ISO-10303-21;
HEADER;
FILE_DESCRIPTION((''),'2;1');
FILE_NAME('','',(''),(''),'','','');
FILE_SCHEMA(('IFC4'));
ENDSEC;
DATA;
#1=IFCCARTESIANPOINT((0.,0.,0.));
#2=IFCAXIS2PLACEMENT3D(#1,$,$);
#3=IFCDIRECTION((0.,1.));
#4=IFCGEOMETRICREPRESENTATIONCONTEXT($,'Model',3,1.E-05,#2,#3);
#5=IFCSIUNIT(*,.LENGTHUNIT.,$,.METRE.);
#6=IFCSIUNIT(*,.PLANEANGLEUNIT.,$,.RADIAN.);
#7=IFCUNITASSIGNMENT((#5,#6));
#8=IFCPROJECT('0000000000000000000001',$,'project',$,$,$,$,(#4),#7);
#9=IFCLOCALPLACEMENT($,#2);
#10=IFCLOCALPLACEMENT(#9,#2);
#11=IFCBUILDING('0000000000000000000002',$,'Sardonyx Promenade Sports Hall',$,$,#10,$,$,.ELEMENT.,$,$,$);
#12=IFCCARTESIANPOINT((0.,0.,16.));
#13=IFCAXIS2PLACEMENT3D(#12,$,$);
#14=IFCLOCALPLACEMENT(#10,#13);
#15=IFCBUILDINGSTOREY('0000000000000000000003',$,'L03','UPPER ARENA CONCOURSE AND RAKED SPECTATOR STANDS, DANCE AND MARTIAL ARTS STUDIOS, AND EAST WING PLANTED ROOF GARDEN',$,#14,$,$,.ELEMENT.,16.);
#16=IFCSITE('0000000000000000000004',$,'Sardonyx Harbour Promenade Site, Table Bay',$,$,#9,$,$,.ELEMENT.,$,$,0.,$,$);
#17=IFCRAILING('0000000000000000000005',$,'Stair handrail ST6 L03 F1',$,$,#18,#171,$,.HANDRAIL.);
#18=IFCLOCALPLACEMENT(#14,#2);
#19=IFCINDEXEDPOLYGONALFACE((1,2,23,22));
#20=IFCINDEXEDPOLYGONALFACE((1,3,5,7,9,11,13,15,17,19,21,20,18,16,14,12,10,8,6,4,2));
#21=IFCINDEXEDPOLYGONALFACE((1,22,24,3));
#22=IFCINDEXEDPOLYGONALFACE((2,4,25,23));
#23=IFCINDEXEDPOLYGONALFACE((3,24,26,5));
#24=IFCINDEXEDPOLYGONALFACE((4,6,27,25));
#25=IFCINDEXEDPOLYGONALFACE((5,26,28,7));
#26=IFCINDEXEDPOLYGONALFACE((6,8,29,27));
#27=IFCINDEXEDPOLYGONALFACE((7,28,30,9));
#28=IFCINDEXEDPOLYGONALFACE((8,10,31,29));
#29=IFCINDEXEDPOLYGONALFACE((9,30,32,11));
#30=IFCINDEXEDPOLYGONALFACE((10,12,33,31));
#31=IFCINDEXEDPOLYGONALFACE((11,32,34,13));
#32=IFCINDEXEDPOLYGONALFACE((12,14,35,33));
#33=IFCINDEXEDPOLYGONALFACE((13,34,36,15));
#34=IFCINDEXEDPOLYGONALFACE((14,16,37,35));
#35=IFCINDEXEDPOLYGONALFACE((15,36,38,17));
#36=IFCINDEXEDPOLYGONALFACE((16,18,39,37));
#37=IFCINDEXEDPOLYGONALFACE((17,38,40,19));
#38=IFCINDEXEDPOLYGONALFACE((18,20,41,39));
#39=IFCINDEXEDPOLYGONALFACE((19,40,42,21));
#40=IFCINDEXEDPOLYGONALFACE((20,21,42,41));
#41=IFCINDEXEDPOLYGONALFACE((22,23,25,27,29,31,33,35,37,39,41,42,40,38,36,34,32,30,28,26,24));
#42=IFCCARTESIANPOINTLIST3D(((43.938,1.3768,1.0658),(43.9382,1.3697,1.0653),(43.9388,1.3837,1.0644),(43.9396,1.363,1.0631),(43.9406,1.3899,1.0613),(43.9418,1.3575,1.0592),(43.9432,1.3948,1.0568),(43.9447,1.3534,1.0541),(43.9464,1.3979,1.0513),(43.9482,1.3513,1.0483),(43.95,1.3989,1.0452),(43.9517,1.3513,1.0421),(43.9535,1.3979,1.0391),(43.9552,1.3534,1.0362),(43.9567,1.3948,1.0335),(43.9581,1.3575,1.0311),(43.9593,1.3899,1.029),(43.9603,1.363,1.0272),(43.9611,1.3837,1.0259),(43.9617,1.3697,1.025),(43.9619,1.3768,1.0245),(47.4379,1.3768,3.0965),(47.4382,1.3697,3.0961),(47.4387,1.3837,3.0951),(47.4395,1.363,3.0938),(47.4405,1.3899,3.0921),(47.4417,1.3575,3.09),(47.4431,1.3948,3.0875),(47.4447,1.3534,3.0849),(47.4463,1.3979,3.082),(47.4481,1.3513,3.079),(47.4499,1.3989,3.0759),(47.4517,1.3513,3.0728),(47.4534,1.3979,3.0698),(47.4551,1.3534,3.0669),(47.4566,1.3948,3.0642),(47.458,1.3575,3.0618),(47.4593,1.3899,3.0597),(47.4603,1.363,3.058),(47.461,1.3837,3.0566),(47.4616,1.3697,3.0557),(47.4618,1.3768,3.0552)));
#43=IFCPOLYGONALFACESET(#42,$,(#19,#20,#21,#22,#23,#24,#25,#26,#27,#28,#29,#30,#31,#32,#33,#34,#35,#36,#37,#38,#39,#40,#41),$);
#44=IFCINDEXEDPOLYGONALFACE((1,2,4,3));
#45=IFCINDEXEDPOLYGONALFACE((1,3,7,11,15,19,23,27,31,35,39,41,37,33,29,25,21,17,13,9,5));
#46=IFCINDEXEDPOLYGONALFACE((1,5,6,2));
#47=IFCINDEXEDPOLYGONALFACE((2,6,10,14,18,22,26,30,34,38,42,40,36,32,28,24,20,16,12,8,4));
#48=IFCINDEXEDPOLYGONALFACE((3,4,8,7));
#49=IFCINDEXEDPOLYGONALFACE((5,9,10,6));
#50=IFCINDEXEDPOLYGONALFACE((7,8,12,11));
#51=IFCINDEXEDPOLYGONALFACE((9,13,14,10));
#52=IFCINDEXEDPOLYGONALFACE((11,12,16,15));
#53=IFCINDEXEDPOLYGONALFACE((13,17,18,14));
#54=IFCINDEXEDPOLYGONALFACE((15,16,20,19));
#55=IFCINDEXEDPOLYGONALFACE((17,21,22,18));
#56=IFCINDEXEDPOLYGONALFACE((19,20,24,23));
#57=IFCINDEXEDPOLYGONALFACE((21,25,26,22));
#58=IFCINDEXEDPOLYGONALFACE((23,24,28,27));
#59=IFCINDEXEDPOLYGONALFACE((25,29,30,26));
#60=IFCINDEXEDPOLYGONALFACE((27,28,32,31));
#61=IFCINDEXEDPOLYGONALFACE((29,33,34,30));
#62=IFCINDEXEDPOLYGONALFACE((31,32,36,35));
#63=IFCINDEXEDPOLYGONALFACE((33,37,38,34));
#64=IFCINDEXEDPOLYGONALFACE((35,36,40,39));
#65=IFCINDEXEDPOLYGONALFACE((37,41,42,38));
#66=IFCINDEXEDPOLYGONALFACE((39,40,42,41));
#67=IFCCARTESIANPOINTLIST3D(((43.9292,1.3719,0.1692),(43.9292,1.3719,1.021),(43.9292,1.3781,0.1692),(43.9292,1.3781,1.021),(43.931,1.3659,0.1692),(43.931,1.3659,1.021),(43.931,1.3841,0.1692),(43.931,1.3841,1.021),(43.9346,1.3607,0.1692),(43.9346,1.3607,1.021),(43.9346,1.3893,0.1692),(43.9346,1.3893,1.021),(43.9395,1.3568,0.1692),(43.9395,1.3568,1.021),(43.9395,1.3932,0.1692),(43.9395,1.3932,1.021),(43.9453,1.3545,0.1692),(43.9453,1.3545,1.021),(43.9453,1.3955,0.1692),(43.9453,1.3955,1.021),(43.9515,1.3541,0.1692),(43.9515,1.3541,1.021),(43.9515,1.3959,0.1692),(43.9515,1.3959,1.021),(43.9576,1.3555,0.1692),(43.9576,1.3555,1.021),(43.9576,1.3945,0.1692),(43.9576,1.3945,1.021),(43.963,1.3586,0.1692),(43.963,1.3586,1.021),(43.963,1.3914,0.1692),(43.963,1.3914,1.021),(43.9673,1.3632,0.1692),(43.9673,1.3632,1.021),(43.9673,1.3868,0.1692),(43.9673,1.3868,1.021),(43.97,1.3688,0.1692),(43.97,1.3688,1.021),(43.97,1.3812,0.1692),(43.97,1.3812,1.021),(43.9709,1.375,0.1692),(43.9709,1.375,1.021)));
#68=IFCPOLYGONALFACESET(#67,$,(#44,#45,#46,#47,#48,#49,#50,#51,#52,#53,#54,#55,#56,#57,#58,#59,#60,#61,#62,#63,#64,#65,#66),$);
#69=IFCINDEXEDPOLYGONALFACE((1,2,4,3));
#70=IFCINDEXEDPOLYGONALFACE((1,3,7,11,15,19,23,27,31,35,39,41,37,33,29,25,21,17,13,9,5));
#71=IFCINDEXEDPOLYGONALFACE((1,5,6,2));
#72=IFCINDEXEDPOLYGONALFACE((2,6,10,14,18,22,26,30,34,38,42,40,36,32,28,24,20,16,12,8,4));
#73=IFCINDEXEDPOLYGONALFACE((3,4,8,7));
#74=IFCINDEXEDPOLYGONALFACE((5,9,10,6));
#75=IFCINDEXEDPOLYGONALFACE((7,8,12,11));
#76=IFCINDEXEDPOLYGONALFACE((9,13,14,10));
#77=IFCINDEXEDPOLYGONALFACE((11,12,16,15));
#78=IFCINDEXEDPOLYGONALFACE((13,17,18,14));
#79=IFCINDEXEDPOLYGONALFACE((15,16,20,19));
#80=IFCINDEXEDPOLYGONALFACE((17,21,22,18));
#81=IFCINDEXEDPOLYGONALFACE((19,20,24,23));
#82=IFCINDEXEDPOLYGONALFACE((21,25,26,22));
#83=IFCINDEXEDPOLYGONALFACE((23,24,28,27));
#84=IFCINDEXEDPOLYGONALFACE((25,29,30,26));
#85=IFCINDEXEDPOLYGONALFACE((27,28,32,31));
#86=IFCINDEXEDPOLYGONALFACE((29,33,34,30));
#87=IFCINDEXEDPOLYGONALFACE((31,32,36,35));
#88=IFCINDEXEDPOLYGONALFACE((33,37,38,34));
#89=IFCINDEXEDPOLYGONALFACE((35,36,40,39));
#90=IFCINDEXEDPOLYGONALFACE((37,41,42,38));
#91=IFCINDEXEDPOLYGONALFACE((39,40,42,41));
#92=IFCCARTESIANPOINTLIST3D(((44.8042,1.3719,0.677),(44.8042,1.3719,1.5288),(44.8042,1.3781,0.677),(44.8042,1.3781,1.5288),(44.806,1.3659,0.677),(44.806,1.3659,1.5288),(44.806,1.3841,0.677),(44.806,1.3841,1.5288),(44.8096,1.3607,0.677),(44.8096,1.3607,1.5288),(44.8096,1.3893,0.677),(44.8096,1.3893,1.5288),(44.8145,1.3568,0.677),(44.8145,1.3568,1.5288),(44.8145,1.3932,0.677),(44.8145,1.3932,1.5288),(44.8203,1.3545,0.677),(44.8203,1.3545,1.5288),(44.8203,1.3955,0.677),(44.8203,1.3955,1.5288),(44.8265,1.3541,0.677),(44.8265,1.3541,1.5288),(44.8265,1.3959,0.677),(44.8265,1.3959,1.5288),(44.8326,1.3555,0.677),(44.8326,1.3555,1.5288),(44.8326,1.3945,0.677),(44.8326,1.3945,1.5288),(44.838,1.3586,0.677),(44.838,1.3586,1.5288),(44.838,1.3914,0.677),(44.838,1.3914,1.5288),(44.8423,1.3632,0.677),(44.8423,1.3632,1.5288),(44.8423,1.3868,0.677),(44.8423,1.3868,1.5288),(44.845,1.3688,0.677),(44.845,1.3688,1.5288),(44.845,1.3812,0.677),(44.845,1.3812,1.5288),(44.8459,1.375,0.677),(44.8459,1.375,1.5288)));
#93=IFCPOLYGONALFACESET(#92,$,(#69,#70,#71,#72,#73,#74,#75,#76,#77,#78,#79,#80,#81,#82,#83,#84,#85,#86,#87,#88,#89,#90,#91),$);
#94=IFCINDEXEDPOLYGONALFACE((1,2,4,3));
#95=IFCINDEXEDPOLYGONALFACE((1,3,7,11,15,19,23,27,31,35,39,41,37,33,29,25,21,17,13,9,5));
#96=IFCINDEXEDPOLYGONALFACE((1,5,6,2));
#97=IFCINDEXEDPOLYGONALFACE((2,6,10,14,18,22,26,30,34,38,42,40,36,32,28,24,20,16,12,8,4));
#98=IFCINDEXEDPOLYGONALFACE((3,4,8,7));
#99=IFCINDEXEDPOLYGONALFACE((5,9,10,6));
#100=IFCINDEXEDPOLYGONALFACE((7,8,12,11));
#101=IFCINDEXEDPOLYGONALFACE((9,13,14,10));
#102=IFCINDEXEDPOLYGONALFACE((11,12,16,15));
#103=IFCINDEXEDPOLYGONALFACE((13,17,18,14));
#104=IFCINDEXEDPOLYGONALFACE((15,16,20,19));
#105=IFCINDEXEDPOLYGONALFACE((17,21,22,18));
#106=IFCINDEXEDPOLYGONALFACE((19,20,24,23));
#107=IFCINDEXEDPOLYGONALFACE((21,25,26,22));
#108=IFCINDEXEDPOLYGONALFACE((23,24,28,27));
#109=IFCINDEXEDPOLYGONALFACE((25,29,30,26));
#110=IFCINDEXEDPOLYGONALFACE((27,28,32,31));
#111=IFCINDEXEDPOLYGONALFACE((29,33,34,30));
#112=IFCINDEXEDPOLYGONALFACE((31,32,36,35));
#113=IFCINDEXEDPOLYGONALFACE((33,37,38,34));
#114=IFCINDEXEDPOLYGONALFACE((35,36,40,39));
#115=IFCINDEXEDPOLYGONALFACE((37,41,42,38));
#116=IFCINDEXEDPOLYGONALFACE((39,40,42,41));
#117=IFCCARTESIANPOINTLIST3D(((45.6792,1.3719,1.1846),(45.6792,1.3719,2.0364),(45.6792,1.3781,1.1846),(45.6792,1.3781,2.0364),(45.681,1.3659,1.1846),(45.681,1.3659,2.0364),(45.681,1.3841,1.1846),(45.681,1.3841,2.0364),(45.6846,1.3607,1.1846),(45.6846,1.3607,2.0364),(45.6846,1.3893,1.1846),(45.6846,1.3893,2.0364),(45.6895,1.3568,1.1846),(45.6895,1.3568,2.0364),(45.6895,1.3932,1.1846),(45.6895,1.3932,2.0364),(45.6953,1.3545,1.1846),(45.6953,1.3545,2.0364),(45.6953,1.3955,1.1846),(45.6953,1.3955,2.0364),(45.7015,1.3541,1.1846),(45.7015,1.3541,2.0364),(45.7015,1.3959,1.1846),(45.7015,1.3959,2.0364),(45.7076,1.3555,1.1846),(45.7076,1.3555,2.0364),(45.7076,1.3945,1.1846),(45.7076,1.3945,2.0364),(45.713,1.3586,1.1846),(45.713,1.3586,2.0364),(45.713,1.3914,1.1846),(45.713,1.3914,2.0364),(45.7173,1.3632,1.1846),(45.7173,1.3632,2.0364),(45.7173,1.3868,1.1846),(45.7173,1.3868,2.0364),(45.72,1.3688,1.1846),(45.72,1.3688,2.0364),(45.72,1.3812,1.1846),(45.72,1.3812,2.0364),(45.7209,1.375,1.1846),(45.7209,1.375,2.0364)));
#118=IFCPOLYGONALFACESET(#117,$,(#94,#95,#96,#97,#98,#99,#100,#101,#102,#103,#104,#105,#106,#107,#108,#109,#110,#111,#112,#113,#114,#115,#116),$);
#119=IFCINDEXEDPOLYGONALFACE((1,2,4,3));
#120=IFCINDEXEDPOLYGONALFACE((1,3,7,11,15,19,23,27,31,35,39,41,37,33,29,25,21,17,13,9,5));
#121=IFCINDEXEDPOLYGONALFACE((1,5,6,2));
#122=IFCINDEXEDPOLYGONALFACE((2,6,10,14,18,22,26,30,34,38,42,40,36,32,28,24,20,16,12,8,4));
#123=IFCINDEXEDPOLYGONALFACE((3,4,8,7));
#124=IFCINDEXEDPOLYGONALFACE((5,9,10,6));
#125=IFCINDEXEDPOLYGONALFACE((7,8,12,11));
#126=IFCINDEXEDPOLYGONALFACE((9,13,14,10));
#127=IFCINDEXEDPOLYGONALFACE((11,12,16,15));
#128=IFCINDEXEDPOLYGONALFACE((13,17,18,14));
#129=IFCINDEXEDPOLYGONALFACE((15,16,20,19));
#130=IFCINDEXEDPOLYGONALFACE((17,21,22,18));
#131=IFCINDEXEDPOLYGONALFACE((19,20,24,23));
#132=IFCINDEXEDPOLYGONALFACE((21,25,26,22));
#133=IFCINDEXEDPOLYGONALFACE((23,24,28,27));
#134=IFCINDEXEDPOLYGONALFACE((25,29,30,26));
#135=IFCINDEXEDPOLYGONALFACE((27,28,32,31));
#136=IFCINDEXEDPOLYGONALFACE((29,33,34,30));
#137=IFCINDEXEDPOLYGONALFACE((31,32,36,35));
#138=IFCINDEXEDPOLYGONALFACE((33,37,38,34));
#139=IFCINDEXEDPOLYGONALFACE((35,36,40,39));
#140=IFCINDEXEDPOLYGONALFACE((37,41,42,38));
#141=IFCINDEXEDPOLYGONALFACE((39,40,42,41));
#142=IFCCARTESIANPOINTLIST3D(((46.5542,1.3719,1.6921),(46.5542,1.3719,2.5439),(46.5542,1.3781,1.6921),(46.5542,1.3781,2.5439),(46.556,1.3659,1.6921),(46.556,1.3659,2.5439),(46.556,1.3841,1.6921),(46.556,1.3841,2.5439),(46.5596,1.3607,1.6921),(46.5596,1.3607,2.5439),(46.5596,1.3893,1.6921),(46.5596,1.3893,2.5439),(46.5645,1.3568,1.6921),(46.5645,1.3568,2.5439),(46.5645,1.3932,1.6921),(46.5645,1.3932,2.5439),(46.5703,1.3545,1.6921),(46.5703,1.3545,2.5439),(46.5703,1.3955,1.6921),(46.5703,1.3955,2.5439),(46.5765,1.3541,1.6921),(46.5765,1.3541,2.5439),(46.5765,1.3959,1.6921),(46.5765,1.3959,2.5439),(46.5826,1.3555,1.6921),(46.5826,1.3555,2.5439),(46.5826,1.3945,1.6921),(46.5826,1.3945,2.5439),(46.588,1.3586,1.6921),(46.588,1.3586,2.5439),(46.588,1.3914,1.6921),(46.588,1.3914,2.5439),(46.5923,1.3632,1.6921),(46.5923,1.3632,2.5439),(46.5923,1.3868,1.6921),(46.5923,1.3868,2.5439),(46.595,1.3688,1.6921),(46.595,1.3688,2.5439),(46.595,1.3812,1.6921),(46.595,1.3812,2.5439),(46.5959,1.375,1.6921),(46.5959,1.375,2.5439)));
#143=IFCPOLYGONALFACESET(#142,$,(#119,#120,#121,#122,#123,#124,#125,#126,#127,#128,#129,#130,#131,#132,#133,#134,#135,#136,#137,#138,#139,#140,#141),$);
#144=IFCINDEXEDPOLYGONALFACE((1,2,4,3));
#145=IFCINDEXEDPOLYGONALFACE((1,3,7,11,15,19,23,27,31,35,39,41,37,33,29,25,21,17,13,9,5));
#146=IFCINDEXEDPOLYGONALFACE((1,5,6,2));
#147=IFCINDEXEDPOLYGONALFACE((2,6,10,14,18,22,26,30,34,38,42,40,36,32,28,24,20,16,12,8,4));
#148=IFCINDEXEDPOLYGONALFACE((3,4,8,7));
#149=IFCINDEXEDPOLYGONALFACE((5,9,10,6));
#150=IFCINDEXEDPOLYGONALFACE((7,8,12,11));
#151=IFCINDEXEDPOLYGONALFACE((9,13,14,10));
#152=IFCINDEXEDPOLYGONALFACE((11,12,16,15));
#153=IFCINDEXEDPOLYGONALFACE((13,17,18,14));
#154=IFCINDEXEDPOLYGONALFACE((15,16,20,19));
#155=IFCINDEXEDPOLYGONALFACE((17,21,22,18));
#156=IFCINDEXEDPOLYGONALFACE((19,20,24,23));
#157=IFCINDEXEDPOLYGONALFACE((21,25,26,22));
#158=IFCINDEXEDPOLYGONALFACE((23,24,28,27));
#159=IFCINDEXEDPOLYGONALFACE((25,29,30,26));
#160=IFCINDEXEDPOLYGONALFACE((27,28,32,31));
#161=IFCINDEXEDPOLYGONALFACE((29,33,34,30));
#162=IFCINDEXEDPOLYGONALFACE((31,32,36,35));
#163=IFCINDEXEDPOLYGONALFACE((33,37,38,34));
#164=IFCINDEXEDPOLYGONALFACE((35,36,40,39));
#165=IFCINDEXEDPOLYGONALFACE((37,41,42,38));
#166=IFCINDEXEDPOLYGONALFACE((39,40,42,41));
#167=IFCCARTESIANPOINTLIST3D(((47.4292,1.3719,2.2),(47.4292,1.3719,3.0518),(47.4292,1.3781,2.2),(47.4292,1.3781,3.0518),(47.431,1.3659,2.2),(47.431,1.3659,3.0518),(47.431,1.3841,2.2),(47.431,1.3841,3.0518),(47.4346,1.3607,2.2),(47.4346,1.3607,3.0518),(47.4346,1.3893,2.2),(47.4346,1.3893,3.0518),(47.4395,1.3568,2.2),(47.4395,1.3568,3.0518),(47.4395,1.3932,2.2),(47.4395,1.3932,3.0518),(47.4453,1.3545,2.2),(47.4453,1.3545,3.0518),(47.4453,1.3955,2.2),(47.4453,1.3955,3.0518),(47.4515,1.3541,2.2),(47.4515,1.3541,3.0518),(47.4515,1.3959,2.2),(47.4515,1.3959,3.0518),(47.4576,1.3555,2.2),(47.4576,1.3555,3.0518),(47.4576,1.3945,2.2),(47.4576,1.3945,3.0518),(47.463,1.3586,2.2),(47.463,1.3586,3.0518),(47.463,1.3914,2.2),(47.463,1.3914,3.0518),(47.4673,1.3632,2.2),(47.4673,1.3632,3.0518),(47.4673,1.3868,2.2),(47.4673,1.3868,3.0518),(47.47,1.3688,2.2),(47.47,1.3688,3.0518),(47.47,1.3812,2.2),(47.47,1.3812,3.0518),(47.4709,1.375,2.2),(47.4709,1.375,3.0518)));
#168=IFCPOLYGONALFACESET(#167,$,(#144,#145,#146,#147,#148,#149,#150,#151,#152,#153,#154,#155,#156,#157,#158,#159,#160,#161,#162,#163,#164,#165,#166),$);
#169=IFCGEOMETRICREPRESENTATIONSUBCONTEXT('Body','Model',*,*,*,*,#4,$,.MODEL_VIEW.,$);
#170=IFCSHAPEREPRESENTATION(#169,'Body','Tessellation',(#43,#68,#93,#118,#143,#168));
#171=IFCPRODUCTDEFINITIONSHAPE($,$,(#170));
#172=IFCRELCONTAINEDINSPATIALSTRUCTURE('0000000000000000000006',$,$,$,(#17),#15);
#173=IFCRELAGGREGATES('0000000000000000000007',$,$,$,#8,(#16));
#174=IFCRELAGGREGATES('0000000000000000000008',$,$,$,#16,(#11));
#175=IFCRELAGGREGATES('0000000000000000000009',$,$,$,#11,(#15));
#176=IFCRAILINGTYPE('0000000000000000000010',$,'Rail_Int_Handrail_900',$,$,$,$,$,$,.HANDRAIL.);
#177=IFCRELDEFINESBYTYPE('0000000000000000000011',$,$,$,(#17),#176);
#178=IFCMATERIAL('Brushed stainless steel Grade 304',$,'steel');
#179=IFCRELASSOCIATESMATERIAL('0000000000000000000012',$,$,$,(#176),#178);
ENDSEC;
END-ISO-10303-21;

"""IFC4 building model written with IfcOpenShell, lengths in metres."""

from ifc_helpers import new_model, si_unit, direction, frame, origin, origin_2d, place, context, subcontext, project, spatial, circle, extrude, material, type_object, element, save


model = new_model("IFC4")

# Units and contexts
model_context = context("Model", 3, precision=1e-05, world=origin(), true_north=direction((0.0, 1.0)))
body_context = subcontext(model_context, "Body", "Model", "MODEL_VIEW")
ifc_project = project(units=[si_unit("LENGTHUNIT", "METRE"), si_unit("PLANEANGLEUNIT", "RADIAN")], contexts=[model_context])

# Site, building, storey
site_placement = place(None, origin())
site = spatial("IfcSite", under=ifc_project, at=site_placement, Name="Sardonyx Harbour Promenade Site, Table Bay", CompositionType="ELEMENT", RefElevation=0.0)
building_placement = place(site_placement, origin())
building = spatial("IfcBuilding", under=site, at=building_placement, Name="Sardonyx Promenade Sports Hall", CompositionType="ELEMENT")
storey_placement = place(building_placement, frame((0.0, 0.0, 16.0)))
storey = spatial("IfcBuildingStorey", under=building, at=storey_placement, Name="L03", Description="UPPER ARENA CONCOURSE AND RAKED SPECTATOR STANDS, DANCE AND MARTIAL ARTS STUDIOS, AND EAST WING PLANTED ROOF GARDEN", CompositionType="ELEMENT", Elevation=16.0)

# Railing
ifc_material_1 = material(Name="Brushed stainless steel Grade 304", Category="steel")
railing_type_1 = type_object("IfcRailingType", Name="Rail_Int_Handrail_900", PredefinedType="HANDRAIL", material=ifc_material_1)
railing_1_placement = place(storey_placement, frame((43.95, 1.375, 0.1692)))
element("IfcRailing", 1, at=railing_1_placement, inside=storey, type_object=railing_type_1, Name="Stair handrail ST6 L03 F1", PredefinedType="HANDRAIL", context=body_context, shape_type="SweptSolid", body=[
    extrude(circle(Radius=0.0239, at=origin_2d()), frame((0.0, 0.0, 0.876), z_axis=(0.864949, 0.0, 0.501859), x_axis=(0.0, 1.0, 0.0)), (0.0, 0.0, 1.0), 4.0464),
    extrude(circle(Radius=0.021, at=origin_2d()), origin(), (0.0, 0.0, 1.0), 0.8518),
    extrude(circle(Radius=0.021, at=origin_2d()), frame((0.875, 0.0, 0.5078)), (0.0, 0.0, 1.0), 0.8518),
    extrude(circle(Radius=0.021, at=origin_2d()), frame((1.75, 0.0, 1.0154)), (0.0, 0.0, 1.0), 0.8518),
    extrude(circle(Radius=0.021, at=origin_2d()), frame((2.625, 0.0, 1.5229)), (0.0, 0.0, 1.0), 0.8518),
    extrude(circle(Radius=0.021, at=origin_2d()), frame((3.5, 0.0, 2.0308)), (0.0, 0.0, 1.0), 0.8518),
])

save(model, "model.ifc")
